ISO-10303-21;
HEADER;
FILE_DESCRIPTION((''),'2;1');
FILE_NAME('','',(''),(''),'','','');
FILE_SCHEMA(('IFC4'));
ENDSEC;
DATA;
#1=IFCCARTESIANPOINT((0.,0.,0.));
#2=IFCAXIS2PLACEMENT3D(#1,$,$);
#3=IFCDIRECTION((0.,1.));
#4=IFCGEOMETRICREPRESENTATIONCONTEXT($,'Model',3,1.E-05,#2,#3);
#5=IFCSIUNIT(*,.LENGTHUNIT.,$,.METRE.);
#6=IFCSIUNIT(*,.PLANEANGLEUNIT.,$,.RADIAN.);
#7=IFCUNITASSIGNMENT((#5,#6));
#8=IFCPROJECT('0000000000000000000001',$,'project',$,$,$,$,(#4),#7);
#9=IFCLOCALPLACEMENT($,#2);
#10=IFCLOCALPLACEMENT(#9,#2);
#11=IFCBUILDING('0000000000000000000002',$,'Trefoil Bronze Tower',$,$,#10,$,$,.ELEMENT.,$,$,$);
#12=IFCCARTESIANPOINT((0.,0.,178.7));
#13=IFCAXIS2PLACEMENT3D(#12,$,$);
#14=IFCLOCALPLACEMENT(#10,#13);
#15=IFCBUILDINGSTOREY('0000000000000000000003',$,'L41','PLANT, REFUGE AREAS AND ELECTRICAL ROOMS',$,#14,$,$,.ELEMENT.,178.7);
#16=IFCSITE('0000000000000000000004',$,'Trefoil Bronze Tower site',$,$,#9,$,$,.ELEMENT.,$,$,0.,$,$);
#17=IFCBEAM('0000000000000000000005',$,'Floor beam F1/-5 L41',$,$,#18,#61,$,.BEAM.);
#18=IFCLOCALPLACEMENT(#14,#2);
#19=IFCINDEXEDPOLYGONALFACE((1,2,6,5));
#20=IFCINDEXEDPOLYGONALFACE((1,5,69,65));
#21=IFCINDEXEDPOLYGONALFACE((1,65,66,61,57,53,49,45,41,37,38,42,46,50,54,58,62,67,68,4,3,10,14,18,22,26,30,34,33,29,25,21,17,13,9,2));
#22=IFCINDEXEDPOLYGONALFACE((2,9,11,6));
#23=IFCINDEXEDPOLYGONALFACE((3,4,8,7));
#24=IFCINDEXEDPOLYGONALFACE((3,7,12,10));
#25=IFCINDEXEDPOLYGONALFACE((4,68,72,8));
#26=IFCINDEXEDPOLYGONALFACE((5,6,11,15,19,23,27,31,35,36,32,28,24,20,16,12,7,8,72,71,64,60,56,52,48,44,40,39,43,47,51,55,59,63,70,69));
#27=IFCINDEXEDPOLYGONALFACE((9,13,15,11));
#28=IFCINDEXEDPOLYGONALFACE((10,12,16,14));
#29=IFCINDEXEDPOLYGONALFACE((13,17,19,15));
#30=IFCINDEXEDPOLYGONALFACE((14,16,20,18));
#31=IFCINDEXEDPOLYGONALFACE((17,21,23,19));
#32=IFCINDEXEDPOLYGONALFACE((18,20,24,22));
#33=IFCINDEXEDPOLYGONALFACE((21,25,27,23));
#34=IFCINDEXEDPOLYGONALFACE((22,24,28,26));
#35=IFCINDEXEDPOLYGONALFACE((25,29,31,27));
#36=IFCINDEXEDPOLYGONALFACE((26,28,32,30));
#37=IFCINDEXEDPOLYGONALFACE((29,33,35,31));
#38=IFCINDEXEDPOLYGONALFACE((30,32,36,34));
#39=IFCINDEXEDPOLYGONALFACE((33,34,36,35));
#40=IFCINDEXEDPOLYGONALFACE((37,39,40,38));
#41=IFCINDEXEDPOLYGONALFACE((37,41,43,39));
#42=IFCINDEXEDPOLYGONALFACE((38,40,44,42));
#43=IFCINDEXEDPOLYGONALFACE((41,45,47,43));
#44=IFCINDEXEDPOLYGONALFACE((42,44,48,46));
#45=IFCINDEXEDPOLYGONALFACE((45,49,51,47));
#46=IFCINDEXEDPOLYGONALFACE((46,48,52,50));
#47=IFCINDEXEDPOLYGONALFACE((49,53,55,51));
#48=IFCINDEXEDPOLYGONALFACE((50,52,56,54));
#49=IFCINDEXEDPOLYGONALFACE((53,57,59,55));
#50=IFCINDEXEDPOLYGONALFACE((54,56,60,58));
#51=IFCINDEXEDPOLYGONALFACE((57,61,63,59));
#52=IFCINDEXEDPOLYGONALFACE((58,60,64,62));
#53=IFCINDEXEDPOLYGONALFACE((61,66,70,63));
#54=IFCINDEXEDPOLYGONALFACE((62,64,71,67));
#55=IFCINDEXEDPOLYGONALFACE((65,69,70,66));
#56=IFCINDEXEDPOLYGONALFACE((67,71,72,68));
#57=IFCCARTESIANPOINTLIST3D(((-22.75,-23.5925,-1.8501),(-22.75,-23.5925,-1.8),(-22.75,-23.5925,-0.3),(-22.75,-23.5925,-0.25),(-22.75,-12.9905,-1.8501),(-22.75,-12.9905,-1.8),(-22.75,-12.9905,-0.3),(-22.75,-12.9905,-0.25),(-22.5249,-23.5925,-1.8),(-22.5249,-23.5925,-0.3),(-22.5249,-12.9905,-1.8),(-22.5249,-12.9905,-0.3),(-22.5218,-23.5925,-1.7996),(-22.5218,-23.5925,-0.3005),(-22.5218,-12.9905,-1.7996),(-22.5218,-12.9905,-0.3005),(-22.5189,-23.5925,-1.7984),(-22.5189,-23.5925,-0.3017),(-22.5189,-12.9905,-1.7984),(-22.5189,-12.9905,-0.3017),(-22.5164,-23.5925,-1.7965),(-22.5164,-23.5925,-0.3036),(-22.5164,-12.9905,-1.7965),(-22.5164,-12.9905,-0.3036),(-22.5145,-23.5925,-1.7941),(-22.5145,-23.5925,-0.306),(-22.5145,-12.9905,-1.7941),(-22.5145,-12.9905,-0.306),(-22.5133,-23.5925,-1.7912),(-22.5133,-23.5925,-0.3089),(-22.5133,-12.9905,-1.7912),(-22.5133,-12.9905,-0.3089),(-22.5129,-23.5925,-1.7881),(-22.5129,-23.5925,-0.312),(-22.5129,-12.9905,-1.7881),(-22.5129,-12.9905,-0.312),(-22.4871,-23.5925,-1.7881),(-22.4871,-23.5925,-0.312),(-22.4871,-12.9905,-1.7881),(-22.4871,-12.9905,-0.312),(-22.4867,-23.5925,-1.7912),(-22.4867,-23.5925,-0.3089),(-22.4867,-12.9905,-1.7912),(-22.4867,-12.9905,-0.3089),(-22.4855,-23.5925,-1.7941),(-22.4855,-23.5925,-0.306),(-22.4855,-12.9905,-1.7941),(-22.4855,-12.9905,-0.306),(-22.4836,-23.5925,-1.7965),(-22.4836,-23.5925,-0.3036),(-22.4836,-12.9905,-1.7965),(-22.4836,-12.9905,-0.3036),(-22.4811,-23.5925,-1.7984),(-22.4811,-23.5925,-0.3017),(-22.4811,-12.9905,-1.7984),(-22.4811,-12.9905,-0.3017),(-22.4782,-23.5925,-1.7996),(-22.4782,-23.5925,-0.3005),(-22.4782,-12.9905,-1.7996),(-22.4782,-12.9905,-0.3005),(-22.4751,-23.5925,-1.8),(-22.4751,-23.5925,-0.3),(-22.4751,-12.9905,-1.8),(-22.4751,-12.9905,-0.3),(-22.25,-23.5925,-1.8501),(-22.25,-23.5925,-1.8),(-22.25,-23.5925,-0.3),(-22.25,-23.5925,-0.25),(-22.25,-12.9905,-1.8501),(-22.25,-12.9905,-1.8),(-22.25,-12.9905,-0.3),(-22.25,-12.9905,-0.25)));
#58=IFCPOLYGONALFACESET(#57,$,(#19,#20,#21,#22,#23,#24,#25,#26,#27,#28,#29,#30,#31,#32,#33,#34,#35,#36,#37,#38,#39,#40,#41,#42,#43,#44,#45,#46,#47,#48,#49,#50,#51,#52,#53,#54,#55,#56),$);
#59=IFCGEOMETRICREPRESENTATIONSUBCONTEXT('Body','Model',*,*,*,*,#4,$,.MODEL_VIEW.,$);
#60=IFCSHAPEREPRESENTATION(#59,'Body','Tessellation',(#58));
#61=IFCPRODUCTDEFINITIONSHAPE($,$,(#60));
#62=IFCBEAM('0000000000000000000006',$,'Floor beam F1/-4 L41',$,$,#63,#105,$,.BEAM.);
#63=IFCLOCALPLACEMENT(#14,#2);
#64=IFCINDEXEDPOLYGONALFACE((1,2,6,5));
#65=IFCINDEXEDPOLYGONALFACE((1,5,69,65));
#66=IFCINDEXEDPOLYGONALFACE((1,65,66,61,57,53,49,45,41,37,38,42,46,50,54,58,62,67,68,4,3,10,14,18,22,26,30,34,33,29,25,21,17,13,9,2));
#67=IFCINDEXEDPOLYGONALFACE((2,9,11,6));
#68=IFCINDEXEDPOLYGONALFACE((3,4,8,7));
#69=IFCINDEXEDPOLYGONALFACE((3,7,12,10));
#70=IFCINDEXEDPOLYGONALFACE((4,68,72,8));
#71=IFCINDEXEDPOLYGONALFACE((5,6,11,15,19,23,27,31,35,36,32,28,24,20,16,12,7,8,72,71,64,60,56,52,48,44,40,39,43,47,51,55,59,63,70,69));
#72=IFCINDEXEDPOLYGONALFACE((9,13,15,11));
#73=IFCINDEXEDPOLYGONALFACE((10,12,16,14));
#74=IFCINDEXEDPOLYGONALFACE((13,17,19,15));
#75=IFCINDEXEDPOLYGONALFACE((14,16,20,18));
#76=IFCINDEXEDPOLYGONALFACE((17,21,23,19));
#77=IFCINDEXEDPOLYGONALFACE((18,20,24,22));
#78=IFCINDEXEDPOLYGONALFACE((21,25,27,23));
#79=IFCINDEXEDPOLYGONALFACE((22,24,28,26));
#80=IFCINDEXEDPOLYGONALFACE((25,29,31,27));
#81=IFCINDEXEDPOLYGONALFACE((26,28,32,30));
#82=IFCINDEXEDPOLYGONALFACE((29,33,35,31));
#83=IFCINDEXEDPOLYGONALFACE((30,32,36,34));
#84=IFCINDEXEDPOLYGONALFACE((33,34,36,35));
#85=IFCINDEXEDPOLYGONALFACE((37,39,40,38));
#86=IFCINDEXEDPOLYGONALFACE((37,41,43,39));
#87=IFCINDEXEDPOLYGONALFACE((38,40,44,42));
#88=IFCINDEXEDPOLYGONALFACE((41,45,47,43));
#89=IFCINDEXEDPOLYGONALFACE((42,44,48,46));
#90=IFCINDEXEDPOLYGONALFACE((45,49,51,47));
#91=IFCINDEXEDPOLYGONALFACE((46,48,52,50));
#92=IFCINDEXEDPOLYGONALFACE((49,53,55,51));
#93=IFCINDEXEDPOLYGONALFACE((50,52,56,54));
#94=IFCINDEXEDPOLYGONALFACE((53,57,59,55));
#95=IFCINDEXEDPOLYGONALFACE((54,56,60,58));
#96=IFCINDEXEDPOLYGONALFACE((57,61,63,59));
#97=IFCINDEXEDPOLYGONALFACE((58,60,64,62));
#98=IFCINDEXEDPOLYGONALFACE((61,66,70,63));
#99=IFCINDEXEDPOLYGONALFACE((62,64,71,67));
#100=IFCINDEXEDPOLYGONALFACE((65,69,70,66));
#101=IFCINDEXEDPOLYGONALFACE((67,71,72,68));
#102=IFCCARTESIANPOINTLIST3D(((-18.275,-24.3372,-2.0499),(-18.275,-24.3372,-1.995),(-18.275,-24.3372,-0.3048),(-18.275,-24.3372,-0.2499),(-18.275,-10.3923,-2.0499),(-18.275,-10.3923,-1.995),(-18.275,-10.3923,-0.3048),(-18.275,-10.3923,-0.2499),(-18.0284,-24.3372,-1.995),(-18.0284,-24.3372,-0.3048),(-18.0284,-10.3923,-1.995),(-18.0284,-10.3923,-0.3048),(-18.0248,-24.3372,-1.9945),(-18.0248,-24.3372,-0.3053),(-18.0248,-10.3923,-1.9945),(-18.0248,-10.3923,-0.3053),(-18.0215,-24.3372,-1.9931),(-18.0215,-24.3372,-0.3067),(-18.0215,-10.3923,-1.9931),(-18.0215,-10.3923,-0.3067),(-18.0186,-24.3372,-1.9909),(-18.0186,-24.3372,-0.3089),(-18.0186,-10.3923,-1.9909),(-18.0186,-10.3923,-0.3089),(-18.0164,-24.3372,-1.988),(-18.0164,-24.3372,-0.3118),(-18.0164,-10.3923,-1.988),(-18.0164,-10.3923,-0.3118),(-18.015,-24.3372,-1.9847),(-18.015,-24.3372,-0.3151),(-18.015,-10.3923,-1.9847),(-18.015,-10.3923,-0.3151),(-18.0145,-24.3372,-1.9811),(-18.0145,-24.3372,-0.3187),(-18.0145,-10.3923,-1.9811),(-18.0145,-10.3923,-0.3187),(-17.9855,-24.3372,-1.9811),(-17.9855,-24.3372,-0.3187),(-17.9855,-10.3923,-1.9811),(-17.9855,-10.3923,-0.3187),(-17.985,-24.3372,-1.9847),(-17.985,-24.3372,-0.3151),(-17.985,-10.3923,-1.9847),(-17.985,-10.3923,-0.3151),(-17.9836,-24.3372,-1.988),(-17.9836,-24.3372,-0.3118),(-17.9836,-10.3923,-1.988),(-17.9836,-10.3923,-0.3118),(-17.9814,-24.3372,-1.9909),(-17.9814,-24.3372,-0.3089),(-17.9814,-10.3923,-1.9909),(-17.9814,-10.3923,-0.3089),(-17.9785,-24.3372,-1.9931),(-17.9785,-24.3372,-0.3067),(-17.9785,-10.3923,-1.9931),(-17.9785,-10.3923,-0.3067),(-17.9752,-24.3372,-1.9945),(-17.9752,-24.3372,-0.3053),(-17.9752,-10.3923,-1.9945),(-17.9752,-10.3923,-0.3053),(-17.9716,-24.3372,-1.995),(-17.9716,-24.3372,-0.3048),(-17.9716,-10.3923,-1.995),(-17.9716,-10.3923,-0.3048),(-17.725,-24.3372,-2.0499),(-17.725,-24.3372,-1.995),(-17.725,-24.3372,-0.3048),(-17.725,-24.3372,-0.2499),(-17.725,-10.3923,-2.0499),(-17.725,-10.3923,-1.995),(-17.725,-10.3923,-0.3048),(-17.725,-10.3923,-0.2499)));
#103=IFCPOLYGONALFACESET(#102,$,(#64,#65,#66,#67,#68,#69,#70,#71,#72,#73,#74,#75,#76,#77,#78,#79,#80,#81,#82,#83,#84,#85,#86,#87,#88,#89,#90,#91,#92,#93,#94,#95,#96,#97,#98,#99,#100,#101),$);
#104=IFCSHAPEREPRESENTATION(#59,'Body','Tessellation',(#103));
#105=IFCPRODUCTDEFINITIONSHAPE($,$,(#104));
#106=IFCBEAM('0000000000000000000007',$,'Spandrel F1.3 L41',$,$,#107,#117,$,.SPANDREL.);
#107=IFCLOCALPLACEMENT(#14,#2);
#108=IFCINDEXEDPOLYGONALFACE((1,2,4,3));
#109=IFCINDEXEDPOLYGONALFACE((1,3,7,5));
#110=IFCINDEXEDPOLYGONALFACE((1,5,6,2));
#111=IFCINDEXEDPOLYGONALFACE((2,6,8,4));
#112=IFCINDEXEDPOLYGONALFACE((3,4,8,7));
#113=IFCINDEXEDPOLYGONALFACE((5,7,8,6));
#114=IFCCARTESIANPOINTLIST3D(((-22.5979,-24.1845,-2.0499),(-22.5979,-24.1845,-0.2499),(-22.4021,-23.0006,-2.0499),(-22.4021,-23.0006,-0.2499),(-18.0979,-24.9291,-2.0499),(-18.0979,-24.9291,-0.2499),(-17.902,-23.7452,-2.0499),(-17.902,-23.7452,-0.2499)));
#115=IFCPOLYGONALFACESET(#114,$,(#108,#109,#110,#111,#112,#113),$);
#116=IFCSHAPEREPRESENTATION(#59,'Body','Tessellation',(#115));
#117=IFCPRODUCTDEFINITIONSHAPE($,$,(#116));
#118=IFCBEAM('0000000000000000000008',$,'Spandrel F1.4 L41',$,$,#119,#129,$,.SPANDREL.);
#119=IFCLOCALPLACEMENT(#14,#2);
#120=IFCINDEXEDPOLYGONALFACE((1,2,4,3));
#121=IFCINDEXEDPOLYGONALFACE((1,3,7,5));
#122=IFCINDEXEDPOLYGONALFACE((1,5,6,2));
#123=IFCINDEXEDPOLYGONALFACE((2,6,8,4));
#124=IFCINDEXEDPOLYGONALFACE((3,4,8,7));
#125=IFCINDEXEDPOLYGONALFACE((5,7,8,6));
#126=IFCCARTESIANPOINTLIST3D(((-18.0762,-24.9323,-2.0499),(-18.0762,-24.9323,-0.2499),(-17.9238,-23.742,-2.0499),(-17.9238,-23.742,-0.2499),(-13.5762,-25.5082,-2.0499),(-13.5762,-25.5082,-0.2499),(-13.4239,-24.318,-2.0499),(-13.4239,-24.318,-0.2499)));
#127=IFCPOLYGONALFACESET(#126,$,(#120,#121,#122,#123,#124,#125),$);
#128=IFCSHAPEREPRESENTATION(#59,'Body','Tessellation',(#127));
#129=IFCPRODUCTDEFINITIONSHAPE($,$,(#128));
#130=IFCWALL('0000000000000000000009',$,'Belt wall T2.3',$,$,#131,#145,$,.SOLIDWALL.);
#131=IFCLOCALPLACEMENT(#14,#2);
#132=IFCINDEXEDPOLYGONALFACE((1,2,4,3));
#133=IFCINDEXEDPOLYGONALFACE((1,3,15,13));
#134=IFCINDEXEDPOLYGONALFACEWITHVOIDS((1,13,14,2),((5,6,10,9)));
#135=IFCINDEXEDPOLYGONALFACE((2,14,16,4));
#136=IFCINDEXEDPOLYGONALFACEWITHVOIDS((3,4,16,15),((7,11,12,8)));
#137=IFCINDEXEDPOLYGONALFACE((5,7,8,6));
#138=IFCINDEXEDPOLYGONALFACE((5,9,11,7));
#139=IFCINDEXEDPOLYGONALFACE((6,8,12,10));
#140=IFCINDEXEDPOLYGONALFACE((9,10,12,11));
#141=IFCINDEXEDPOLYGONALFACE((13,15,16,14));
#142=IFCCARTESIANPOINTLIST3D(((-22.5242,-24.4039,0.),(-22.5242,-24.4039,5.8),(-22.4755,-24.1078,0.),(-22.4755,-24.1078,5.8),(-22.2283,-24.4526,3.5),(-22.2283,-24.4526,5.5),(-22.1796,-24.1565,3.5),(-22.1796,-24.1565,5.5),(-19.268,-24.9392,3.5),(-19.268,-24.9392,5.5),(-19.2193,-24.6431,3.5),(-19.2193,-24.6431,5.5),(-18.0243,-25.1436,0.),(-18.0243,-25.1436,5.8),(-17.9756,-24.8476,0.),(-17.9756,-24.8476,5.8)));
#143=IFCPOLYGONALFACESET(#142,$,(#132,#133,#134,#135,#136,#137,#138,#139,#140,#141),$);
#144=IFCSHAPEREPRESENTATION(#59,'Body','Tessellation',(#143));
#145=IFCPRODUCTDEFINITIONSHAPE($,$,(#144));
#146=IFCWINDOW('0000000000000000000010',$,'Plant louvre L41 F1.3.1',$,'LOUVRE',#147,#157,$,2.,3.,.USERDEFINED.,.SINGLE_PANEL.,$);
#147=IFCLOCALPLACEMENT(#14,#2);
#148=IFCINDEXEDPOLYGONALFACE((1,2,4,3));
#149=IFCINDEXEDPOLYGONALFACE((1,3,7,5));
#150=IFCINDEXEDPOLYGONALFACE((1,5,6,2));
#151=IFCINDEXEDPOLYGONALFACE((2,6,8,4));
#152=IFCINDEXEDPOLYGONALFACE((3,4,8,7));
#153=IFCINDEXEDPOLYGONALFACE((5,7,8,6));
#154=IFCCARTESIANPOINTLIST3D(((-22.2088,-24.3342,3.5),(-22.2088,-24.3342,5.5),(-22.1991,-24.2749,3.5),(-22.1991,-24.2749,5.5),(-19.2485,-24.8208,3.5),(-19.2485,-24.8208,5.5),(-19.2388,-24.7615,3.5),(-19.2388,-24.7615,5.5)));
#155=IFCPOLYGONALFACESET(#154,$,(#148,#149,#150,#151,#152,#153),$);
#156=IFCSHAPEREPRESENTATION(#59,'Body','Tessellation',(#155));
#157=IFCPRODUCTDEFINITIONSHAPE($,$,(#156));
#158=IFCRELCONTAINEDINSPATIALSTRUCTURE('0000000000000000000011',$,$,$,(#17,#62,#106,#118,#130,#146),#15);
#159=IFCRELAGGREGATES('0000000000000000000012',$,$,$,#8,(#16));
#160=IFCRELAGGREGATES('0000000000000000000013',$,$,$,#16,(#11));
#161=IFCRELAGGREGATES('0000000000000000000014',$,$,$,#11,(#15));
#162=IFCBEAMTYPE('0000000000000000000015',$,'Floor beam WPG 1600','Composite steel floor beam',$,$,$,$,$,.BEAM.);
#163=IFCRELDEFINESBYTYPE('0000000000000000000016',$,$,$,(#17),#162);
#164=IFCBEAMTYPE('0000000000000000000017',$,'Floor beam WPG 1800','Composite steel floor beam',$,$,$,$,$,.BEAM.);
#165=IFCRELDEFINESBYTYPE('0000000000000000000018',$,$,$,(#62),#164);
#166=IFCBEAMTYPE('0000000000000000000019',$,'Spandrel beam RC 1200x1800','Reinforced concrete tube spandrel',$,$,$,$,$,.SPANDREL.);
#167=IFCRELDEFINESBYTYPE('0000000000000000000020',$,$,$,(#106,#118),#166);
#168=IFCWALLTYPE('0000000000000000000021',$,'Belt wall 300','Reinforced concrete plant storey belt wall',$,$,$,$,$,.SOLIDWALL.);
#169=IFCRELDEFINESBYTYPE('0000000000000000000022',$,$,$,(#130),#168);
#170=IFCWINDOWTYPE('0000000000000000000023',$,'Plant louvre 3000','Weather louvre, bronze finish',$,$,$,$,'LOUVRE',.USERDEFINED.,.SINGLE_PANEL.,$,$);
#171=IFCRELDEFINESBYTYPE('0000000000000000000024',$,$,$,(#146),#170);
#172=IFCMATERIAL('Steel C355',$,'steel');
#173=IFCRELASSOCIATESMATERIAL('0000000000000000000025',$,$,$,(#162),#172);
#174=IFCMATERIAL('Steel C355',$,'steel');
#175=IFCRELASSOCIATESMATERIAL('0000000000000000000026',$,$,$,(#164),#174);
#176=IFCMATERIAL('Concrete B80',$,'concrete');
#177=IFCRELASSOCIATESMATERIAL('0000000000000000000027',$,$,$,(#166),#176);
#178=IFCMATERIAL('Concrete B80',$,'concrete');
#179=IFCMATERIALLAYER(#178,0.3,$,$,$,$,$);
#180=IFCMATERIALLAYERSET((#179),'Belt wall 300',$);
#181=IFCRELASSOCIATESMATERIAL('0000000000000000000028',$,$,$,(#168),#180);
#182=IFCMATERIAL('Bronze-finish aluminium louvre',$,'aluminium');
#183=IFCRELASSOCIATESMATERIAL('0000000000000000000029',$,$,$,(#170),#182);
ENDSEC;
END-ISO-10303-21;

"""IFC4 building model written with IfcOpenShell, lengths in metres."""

from ifc_helpers import new_model, si_unit, direction, frame, frame_2d, origin, origin_2d, place, context, subcontext, project, spatial, rectangle, i_section, extrude, material, layer, layer_set, material_profile, profile_set, type_object, element, fill, save


model = new_model("IFC4")

# Units and contexts
model_context = context("Model", 3, precision=1e-05, world=origin(), true_north=direction((0.0, 1.0)))
body_context = subcontext(model_context, "Body", "Model", "MODEL_VIEW")
ifc_project = project(units=[si_unit("LENGTHUNIT", "METRE"), si_unit("PLANEANGLEUNIT", "RADIAN")], contexts=[model_context])

# Site, building, storey
site_placement = place(None, origin())
site = spatial("IfcSite", under=ifc_project, at=site_placement, Name="Trefoil Bronze Tower site", CompositionType="ELEMENT", RefElevation=0.0)
building_placement = place(site_placement, origin())
building = spatial("IfcBuilding", under=site, at=building_placement, Name="Trefoil Bronze Tower", CompositionType="ELEMENT")
storey_placement = place(building_placement, frame((0.0, 0.0, 178.7)))
storey = spatial("IfcBuildingStorey", under=building, at=storey_placement, Name="L41", Description="PLANT, REFUGE AREAS AND ELECTRICAL ROOMS", CompositionType="ELEMENT", Elevation=178.7)

# Beams
ifc_material_1 = material(Name="Steel C355", Category="steel")
ifc_material_profile_1 = material_profile(ifc_material_1, i_section(OverallWidth=0.5, OverallDepth=1.6001, WebThickness=0.0259, FlangeThickness=0.05, FilletRadius=0.012, at=origin_2d()), Name="WPG 1600")
ifc_profile_set_1 = profile_set([ifc_material_profile_1], Name="Steel C355")
beam_type_1 = type_object("IfcBeamType", Name="Floor beam WPG 1600", Description="Composite steel floor beam", PredefinedType="BEAM", material=ifc_profile_set_1)
beam_1_placement = place(storey_placement, frame((-22.5, -23.5925, -1.05), z_axis=(0.0, 1.0, 0.0), x_axis=(-1.0, 0.0, 0.0)))
element("IfcBeam", 1, at=beam_1_placement, inside=storey, type_object=beam_type_1, Name="Floor beam F1/-5 L41", PredefinedType="BEAM", context=body_context, shape_type="SweptSolid", body=[
    extrude(i_section(OverallWidth=0.5, OverallDepth=1.6001, WebThickness=0.0259, FlangeThickness=0.05, FilletRadius=0.012, at=origin_2d()), origin(), (0.0, 0.0, 1.0), 10.6021),
])
ifc_material_2 = material(Name="Steel C355", Category="steel")
ifc_material_profile_2 = material_profile(ifc_material_2, i_section(OverallWidth=0.55, OverallDepth=1.8, WebThickness=0.0291, FlangeThickness=0.0549, FilletRadius=0.0139, at=origin_2d()), Name="WPG 1800")
ifc_profile_set_2 = profile_set([ifc_material_profile_2], Name="Steel C355")
beam_type_2 = type_object("IfcBeamType", Name="Floor beam WPG 1800", Description="Composite steel floor beam", PredefinedType="BEAM", material=ifc_profile_set_2)
beam_2_placement = place(storey_placement, frame((-18.0, -24.3372, -1.1499), z_axis=(0.0, 1.0, 0.0), x_axis=(-1.0, 0.0, 0.0)))
element("IfcBeam", 2, at=beam_2_placement, inside=storey, type_object=beam_type_2, Name="Floor beam F1/-4 L41", PredefinedType="BEAM", context=body_context, shape_type="SweptSolid", body=[
    extrude(i_section(OverallWidth=0.55, OverallDepth=1.8, WebThickness=0.0291, FlangeThickness=0.0549, FilletRadius=0.0139, at=origin_2d()), origin(), (0.0, 0.0, 1.0), 13.9448),
])
ifc_material_3 = material(Name="Concrete B80", Category="concrete")
ifc_material_profile_3 = material_profile(ifc_material_3, rectangle(XDim=1.2, YDim=1.8, at=origin_2d()), Name="RC 1200x1800")
ifc_profile_set_3 = profile_set([ifc_material_profile_3], Name="Concrete B80")
beam_type_3 = type_object("IfcBeamType", Name="Spandrel beam RC 1200x1800", Description="Reinforced concrete tube spandrel", PredefinedType="SPANDREL", material=ifc_profile_set_3)
beam_3_placement = place(storey_placement, frame((-22.5, -23.5925, -1.1499), z_axis=(0.986584, -0.163253, 0.0), x_axis=(0.163253, 0.986584, 0.0)))
element("IfcBeam", 3, at=beam_3_placement, inside=storey, type_object=beam_type_3, Name="Spandrel F1.3 L41", PredefinedType="SPANDREL", context=body_context, shape_type="SweptSolid", body=[
    extrude(rectangle(XDim=1.2, YDim=1.8, at=origin_2d()), origin(), (0.0, 0.0, 1.0), 4.5613),
])
beam_4_placement = place(storey_placement, frame((-18.0, -24.3372, -1.1499), z_axis=(0.991909, -0.126948, 0.0), x_axis=(0.126948, 0.991909, 0.0)))
element("IfcBeam", 4, at=beam_4_placement, inside=storey, type_object=beam_type_3, Name="Spandrel F1.4 L41", PredefinedType="SPANDREL", context=body_context, shape_type="SweptSolid", body=[
    extrude(rectangle(XDim=1.2, YDim=1.8, at=origin_2d()), origin(), (0.0, 0.0, 1.0), 4.5366),
])

# Wall, opening, window
ifc_material_4 = material(Name="Concrete B80", Category="concrete")
ifc_layer_1 = layer(ifc_material_4, 0.3)
ifc_layer_set_1 = layer_set([ifc_layer_1], Name="Belt wall 300")
wall_type = type_object("IfcWallType", Name="Belt wall 300", Description="Reinforced concrete plant storey belt wall", PredefinedType="SOLIDWALL", material=ifc_layer_set_1)
wall_1_placement = place(storey_placement, frame((-22.5, -24.2559, 0.0), z_axis=(0.0, 0.0, 1.0), x_axis=(0.986756, -0.162211, 0.0)))
wall_1 = element("IfcWall", 5, at=wall_1_placement, inside=storey, type_object=wall_type, Name="Belt wall T2.3", PredefinedType="SOLIDWALL", context=body_context, shape_type="SweptSolid", body=[
    extrude(rectangle(XDim=4.5603, YDim=0.3, at=frame_2d((2.2803, 0.0))), origin(), (0.0, 0.0, 1.0), 5.8),
])
opening_1_placement = place(wall_1_placement, frame((0.3, 0.0, 3.5)))
opening_1 = element("IfcOpeningElement", 6, at=opening_1_placement, cuts=wall_1, PredefinedType="OPENING", context=body_context, shape_type="SweptSolid", body=[
    extrude(rectangle(XDim=3.0, YDim=2.0, at=frame_2d((1.5, 1.0))), frame((0.0, 0.1599, 0.0), z_axis=(0.0, -1.0, 0.0), x_axis=(1.0, 0.0, 0.0)), (0.0, 0.0, 1.0), 0.3201),
])
ifc_material_5 = material(Name="Bronze-finish aluminium louvre", Category="aluminium")
window_type = type_object("IfcWindowType", Name="Plant louvre 3000", Description="Weather louvre, bronze finish", ElementType="LOUVRE", PartitioningType="SINGLE_PANEL", PredefinedType="USERDEFINED", material=ifc_material_5)
window_1_placement = place(opening_1_placement, origin())
window_1 = element("IfcWindow", 7, at=window_1_placement, inside=storey, type_object=window_type, Name="Plant louvre L41 F1.3.1", ObjectType="LOUVRE", OverallHeight=2.0, OverallWidth=3.0, PartitioningType="SINGLE_PANEL", PredefinedType="USERDEFINED", context=body_context, shape_type="SweptSolid", body=[
    extrude(rectangle(XDim=3.0, YDim=2.0, at=frame_2d((1.5, 1.0))), frame((0.0, 0.03, 0.0), z_axis=(0.0, -1.0, 0.0), x_axis=(1.0, 0.0, 0.0)), (0.0, 0.0, 1.0), 0.0601),
])
fill(opening_1, window_1)

save(model, "model.ifc")
